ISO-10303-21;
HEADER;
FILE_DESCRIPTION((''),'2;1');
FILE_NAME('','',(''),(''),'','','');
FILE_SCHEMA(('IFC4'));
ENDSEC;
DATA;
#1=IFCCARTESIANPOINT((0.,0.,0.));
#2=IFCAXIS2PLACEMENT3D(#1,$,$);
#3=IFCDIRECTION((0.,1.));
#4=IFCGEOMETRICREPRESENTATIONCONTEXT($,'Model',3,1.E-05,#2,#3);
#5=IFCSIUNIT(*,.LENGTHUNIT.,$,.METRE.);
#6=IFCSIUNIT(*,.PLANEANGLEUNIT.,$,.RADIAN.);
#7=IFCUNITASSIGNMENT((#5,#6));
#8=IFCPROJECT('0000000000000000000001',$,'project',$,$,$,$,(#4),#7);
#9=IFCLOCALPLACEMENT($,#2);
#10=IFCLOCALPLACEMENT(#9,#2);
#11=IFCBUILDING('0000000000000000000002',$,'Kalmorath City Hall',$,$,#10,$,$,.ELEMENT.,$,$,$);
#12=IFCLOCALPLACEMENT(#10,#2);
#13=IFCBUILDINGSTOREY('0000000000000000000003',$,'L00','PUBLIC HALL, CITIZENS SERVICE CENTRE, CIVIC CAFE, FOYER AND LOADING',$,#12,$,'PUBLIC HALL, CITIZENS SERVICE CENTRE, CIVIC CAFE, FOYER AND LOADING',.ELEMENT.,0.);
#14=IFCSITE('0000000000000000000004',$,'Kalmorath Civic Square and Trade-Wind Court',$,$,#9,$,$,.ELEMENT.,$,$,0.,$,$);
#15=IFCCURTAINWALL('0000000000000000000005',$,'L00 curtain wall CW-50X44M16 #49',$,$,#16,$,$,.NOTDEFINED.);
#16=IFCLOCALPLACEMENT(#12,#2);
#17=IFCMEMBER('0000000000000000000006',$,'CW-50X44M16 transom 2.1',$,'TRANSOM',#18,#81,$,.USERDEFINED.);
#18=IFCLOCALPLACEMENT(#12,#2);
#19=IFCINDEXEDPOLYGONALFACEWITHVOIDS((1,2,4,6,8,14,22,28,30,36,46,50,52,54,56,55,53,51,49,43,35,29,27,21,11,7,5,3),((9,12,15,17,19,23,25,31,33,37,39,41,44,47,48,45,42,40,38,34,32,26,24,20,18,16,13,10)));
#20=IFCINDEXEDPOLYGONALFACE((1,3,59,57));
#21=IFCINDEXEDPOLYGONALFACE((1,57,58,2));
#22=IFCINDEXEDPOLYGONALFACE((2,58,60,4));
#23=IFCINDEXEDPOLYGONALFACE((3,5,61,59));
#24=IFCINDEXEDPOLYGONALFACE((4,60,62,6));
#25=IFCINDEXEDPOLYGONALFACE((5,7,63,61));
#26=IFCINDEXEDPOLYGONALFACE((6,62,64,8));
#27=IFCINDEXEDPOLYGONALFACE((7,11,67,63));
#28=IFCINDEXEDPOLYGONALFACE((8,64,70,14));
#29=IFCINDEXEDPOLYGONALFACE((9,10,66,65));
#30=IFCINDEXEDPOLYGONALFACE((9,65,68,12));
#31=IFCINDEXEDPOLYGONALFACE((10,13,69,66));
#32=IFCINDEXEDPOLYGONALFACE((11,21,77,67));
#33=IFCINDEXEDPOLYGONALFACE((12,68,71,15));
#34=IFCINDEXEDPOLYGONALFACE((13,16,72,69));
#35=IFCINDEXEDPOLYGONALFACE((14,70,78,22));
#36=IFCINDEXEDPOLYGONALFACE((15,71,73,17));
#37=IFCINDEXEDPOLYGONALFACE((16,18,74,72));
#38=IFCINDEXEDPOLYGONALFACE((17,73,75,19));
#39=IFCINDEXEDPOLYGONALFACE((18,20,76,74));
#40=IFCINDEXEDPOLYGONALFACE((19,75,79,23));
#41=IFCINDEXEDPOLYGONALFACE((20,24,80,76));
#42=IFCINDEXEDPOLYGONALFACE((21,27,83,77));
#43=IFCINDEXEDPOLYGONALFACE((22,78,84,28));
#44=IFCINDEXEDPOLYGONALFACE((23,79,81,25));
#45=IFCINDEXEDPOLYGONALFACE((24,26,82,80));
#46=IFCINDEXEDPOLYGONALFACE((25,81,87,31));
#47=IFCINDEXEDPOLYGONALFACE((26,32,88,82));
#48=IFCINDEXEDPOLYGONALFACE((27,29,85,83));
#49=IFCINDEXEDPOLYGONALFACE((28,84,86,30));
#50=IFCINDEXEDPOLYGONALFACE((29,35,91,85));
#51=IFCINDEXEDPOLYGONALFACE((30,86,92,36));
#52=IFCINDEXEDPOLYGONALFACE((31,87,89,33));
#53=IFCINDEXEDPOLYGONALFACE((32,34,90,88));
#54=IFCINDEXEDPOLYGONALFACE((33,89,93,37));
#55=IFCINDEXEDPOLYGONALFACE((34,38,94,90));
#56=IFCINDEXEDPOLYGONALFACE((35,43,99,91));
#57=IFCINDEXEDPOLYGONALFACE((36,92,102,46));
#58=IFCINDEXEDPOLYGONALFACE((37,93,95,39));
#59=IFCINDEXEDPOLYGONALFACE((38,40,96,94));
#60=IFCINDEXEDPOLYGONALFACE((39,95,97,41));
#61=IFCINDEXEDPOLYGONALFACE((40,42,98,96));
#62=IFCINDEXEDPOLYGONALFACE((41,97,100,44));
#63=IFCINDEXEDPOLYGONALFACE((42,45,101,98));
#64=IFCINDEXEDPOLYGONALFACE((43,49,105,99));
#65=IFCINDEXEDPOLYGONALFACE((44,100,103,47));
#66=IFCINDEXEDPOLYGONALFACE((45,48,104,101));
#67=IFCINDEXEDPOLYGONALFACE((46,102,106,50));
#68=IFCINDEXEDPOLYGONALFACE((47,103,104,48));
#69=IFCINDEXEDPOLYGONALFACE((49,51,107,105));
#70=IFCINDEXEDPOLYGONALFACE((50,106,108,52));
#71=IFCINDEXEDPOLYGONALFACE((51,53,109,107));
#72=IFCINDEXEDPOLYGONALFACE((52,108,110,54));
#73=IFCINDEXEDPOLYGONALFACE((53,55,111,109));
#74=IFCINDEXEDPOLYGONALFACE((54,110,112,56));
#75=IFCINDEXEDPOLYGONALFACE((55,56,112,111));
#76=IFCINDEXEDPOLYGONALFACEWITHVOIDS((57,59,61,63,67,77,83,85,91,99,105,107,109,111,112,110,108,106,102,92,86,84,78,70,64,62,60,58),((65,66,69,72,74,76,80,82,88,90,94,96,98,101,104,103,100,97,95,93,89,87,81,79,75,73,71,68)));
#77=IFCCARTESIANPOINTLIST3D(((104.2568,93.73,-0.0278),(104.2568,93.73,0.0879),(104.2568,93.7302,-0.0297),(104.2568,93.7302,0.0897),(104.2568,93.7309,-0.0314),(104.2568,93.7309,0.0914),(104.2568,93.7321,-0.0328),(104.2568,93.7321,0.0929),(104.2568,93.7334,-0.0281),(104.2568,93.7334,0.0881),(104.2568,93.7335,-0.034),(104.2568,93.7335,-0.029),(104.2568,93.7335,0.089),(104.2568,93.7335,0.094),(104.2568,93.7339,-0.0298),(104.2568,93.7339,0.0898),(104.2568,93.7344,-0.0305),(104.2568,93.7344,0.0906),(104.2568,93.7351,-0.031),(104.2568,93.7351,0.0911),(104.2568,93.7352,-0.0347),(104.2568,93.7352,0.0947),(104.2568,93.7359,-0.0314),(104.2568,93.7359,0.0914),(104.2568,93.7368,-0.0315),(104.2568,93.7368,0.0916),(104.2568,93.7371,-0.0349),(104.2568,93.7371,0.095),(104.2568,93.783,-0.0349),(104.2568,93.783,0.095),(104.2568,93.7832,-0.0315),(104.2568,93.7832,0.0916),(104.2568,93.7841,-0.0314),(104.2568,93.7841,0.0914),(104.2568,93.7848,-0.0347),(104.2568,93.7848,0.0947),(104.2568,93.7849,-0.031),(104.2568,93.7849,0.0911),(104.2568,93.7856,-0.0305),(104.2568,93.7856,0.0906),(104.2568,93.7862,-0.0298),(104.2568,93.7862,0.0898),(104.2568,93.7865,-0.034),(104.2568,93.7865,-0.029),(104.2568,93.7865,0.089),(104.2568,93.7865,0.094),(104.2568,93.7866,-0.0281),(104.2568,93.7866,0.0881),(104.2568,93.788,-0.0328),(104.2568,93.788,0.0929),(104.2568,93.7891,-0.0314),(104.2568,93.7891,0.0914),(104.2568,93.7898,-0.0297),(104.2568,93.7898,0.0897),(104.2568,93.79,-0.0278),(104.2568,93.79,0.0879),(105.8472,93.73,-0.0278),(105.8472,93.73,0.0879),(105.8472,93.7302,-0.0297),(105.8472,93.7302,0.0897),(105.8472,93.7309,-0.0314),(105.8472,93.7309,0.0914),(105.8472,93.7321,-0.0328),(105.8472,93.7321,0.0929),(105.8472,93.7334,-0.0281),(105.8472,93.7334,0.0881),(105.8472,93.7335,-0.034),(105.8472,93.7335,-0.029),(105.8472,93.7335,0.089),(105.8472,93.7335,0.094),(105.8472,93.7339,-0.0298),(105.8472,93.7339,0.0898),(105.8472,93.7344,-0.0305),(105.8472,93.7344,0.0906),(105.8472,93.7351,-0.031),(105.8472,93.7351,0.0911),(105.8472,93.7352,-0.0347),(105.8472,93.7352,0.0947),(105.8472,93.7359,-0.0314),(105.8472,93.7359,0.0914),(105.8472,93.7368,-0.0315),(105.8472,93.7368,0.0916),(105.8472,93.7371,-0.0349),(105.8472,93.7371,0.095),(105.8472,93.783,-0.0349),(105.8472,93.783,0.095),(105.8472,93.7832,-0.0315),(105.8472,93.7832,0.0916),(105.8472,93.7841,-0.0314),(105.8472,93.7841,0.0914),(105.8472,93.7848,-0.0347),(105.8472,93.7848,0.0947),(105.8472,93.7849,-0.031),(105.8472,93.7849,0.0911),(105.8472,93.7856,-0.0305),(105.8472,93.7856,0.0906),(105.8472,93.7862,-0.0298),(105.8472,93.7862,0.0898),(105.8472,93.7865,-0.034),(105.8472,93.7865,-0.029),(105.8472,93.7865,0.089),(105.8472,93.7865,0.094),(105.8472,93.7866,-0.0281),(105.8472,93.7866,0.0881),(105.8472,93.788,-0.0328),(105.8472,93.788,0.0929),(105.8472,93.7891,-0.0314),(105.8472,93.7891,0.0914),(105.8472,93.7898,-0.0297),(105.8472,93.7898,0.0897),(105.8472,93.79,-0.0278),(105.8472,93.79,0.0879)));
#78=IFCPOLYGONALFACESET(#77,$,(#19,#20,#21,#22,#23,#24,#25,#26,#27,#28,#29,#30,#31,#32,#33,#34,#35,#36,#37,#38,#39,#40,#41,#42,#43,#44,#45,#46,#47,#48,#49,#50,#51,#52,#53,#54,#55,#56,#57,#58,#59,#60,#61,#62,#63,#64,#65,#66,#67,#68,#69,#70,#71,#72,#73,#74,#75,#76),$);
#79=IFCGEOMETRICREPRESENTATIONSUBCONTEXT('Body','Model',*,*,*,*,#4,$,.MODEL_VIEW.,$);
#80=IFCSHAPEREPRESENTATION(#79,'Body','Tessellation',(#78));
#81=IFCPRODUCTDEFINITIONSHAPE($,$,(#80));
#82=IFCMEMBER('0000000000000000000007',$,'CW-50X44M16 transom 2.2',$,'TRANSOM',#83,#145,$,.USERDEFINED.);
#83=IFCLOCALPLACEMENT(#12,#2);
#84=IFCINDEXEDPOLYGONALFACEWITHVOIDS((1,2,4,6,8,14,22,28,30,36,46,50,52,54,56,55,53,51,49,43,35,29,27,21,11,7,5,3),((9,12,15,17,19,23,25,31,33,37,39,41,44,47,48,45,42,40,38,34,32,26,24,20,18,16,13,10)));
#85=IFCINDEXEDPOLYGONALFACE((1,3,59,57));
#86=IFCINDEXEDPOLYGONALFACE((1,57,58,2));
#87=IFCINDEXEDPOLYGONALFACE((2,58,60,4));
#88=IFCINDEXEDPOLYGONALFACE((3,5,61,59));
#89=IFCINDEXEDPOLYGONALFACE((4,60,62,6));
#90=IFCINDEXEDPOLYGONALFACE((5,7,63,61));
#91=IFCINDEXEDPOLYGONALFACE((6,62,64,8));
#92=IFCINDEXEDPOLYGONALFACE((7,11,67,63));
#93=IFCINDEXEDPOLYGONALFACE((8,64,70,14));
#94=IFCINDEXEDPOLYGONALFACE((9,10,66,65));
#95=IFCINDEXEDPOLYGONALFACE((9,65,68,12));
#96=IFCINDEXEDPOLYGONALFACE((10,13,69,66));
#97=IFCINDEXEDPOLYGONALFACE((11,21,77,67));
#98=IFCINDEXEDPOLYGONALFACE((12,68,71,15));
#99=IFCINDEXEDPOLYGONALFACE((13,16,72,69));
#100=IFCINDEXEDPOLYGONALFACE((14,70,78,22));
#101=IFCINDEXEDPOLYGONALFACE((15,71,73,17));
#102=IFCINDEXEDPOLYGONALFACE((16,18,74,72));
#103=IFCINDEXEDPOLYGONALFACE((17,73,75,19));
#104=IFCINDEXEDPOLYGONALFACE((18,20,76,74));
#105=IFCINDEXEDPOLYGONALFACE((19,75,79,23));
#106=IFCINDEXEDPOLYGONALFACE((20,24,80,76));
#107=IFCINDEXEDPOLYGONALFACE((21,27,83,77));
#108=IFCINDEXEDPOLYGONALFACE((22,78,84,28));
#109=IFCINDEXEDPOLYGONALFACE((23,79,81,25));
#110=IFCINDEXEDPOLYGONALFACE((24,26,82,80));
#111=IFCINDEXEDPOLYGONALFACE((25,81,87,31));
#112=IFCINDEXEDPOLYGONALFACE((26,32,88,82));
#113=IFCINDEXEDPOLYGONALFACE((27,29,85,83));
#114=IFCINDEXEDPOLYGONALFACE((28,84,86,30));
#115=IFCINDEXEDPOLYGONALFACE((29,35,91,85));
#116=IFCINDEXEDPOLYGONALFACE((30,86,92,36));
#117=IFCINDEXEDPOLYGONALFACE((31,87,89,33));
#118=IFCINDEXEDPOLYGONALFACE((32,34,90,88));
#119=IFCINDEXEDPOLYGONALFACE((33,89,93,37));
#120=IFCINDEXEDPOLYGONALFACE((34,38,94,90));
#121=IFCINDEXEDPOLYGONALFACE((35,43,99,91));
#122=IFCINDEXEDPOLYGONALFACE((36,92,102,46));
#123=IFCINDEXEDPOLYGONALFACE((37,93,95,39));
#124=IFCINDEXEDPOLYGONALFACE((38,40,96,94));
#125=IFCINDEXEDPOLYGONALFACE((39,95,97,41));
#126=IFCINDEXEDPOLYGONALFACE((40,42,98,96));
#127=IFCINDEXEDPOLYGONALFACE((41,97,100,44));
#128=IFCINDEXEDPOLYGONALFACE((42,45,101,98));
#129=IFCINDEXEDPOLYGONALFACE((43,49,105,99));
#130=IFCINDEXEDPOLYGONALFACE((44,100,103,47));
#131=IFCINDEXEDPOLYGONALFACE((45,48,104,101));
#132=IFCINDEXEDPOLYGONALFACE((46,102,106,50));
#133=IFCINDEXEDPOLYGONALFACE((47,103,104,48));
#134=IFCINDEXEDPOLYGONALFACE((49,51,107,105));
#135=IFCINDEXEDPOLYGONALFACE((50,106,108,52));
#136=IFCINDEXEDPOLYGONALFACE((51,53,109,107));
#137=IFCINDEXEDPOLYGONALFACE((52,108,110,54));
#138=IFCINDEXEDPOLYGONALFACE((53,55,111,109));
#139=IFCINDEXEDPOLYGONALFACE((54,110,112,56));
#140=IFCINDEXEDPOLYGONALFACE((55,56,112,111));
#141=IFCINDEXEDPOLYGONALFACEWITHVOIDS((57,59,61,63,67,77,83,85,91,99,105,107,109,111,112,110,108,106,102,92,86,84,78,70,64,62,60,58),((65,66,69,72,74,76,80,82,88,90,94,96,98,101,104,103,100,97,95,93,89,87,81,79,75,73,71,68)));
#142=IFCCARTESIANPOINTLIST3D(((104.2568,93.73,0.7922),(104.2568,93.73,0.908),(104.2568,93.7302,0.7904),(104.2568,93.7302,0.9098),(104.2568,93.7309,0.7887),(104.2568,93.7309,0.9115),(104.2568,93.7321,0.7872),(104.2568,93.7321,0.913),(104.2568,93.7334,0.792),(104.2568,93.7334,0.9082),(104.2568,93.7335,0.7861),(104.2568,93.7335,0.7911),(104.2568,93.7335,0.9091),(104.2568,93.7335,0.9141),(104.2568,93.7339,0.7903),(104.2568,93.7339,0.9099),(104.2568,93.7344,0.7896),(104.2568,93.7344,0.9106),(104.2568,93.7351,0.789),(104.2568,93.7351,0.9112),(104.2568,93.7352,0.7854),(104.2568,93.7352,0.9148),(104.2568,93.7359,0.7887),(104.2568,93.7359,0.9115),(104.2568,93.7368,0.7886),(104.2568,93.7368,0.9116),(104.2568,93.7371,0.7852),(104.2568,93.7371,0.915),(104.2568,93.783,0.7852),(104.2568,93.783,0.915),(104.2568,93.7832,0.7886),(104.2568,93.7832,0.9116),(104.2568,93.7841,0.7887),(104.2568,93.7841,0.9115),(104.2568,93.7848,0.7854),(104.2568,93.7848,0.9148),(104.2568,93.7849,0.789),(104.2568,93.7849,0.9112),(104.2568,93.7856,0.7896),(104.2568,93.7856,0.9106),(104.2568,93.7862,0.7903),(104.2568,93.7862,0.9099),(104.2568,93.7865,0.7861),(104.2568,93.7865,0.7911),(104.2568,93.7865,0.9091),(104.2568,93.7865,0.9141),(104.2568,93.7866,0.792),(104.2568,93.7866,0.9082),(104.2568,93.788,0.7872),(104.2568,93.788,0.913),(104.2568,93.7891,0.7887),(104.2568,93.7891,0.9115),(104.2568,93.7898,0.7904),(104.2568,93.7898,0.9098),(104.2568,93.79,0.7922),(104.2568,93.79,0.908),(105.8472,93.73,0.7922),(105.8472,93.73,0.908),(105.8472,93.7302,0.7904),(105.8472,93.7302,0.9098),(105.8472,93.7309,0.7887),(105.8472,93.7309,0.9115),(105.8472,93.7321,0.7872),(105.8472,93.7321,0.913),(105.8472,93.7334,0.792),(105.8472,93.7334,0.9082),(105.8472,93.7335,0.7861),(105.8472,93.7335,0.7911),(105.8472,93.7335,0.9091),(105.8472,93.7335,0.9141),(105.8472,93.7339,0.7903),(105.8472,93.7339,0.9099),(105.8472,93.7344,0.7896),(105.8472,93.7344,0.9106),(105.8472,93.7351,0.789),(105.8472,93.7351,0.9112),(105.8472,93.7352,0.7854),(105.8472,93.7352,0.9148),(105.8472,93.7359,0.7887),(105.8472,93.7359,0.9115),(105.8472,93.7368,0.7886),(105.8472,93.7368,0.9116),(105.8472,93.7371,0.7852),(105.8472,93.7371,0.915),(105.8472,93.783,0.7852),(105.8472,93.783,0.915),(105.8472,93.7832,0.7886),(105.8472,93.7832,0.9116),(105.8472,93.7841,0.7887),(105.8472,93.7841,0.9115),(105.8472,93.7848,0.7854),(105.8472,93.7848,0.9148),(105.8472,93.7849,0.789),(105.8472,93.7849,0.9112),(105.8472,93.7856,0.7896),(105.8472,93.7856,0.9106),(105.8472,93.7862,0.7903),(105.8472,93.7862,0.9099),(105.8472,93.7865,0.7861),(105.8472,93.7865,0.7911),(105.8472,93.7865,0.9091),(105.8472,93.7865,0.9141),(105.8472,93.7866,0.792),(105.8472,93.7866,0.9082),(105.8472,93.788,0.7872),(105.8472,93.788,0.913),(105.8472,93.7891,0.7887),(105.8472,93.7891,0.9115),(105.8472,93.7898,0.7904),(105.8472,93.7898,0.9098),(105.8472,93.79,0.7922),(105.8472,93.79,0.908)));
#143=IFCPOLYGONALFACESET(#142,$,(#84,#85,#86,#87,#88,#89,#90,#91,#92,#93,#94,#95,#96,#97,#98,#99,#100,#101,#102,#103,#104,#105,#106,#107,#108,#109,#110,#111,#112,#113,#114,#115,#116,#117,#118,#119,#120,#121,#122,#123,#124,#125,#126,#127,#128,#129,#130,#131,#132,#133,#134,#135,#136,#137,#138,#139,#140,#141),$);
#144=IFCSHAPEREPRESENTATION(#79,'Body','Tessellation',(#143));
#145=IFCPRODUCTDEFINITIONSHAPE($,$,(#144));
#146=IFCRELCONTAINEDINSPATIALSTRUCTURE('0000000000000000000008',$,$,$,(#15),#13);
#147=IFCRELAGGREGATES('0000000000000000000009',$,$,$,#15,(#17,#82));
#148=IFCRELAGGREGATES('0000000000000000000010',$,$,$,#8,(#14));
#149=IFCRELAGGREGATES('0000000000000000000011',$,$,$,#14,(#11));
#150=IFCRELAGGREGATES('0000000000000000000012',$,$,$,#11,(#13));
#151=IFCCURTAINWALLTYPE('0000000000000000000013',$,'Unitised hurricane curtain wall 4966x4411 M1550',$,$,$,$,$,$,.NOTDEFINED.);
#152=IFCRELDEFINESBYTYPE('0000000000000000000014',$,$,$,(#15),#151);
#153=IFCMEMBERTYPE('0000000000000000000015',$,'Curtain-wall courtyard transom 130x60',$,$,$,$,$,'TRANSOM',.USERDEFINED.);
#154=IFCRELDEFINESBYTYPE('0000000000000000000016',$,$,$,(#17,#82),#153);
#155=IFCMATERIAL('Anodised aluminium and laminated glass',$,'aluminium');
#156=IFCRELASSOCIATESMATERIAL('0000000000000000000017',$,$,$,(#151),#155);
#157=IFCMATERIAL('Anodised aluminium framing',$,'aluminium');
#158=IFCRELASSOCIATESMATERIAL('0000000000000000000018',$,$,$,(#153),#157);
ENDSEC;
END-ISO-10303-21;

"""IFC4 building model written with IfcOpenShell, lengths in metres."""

from ifc_helpers import new_model, si_unit, direction, frame, origin, origin_2d, place, context, subcontext, project, spatial, hollow_rectangle, extrude, material, material_profile, profile_set, type_object, element, aggregate, save


model = new_model("IFC4")

# Units and contexts
model_context = context("Model", 3, precision=1e-05, world=origin(), true_north=direction((0.0, 1.0)))
body_context = subcontext(model_context, "Body", "Model", "MODEL_VIEW")
ifc_project = project(units=[si_unit("LENGTHUNIT", "METRE"), si_unit("PLANEANGLEUNIT", "RADIAN")], contexts=[model_context])

# Site, building, storey
site_placement = place(None, origin())
site = spatial("IfcSite", under=ifc_project, at=site_placement, Name="Kalmorath Civic Square and Trade-Wind Court", CompositionType="ELEMENT", RefElevation=0.0)
building_placement = place(site_placement, origin())
building = spatial("IfcBuilding", under=site, at=building_placement, Name="Kalmorath City Hall", CompositionType="ELEMENT")
storey_placement = place(building_placement, origin())
storey = spatial("IfcBuildingStorey", under=building, at=storey_placement, Name="L00", Description="PUBLIC HALL, CITIZENS SERVICE CENTRE, CIVIC CAFE, FOYER AND LOADING", LongName="PUBLIC HALL, CITIZENS SERVICE CENTRE, CIVIC CAFE, FOYER AND LOADING", CompositionType="ELEMENT", Elevation=0.0)

# Curtain wall, members
ifc_material_1 = material(Name="Anodised aluminium and laminated glass", Category="aluminium")
curtain_wall_type = type_object("IfcCurtainWallType", Name="Unitised hurricane curtain wall 4966x4411 M1550", PredefinedType="NOTDEFINED", material=ifc_material_1)
curtain_wall_placement = place(storey_placement, origin())
curtain_wall = element("IfcCurtainWall", 1, at=curtain_wall_placement, inside=storey, type_object=curtain_wall_type, Name="L00 curtain wall CW-50X44M16 #49", PredefinedType="NOTDEFINED")
ifc_material_2 = material(Name="Anodised aluminium framing", Category="aluminium")
ifc_material_profile_1 = material_profile(ifc_material_2, hollow_rectangle(XDim=0.0601, YDim=0.1299, WallThickness=0.0034, InnerFilletRadius=0.0034, OuterFilletRadius=0.0071, at=origin_2d()), Name="ALU-TRN-130X60X3.5")
ifc_profile_set_1 = profile_set([ifc_material_profile_1], Name="Anodised aluminium framing")
member_type_1 = type_object("IfcMemberType", Name="Curtain-wall courtyard transom 130x60", ElementType="TRANSOM", PredefinedType="USERDEFINED", material=ifc_profile_set_1)
member_1_placement = place(storey_placement, frame((105.8472, 93.76, 0.03), z_axis=(-1.0, 0.0, 0.0), x_axis=(0.0, -1.0, 0.0)))
member_1 = element("IfcMember", 2, at=member_1_placement, type_object=member_type_1, Name="CW-50X44M16 transom 2.1", ObjectType="TRANSOM", PredefinedType="USERDEFINED", context=body_context, shape_type="SweptSolid", body=[
    extrude(hollow_rectangle(XDim=0.0601, YDim=0.1299, WallThickness=0.0034, InnerFilletRadius=0.0034, OuterFilletRadius=0.0071, at=origin_2d()), origin(), (0.0, 0.0, 1.0), 1.5903),
])
member_2_placement = place(storey_placement, frame((105.8472, 93.76, 0.8501), z_axis=(-1.0, 0.0, 0.0), x_axis=(0.0, -1.0, 0.0)))
member_2 = element("IfcMember", 3, at=member_2_placement, type_object=member_type_1, Name="CW-50X44M16 transom 2.2", ObjectType="TRANSOM", PredefinedType="USERDEFINED", context=body_context, shape_type="SweptSolid", body=[
    extrude(hollow_rectangle(XDim=0.0601, YDim=0.1299, WallThickness=0.0034, InnerFilletRadius=0.0034, OuterFilletRadius=0.0071, at=origin_2d()), origin(), (0.0, 0.0, 1.0), 1.5903),
])
aggregate(curtain_wall, [member_1, member_2])

save(model, "model.ifc")
